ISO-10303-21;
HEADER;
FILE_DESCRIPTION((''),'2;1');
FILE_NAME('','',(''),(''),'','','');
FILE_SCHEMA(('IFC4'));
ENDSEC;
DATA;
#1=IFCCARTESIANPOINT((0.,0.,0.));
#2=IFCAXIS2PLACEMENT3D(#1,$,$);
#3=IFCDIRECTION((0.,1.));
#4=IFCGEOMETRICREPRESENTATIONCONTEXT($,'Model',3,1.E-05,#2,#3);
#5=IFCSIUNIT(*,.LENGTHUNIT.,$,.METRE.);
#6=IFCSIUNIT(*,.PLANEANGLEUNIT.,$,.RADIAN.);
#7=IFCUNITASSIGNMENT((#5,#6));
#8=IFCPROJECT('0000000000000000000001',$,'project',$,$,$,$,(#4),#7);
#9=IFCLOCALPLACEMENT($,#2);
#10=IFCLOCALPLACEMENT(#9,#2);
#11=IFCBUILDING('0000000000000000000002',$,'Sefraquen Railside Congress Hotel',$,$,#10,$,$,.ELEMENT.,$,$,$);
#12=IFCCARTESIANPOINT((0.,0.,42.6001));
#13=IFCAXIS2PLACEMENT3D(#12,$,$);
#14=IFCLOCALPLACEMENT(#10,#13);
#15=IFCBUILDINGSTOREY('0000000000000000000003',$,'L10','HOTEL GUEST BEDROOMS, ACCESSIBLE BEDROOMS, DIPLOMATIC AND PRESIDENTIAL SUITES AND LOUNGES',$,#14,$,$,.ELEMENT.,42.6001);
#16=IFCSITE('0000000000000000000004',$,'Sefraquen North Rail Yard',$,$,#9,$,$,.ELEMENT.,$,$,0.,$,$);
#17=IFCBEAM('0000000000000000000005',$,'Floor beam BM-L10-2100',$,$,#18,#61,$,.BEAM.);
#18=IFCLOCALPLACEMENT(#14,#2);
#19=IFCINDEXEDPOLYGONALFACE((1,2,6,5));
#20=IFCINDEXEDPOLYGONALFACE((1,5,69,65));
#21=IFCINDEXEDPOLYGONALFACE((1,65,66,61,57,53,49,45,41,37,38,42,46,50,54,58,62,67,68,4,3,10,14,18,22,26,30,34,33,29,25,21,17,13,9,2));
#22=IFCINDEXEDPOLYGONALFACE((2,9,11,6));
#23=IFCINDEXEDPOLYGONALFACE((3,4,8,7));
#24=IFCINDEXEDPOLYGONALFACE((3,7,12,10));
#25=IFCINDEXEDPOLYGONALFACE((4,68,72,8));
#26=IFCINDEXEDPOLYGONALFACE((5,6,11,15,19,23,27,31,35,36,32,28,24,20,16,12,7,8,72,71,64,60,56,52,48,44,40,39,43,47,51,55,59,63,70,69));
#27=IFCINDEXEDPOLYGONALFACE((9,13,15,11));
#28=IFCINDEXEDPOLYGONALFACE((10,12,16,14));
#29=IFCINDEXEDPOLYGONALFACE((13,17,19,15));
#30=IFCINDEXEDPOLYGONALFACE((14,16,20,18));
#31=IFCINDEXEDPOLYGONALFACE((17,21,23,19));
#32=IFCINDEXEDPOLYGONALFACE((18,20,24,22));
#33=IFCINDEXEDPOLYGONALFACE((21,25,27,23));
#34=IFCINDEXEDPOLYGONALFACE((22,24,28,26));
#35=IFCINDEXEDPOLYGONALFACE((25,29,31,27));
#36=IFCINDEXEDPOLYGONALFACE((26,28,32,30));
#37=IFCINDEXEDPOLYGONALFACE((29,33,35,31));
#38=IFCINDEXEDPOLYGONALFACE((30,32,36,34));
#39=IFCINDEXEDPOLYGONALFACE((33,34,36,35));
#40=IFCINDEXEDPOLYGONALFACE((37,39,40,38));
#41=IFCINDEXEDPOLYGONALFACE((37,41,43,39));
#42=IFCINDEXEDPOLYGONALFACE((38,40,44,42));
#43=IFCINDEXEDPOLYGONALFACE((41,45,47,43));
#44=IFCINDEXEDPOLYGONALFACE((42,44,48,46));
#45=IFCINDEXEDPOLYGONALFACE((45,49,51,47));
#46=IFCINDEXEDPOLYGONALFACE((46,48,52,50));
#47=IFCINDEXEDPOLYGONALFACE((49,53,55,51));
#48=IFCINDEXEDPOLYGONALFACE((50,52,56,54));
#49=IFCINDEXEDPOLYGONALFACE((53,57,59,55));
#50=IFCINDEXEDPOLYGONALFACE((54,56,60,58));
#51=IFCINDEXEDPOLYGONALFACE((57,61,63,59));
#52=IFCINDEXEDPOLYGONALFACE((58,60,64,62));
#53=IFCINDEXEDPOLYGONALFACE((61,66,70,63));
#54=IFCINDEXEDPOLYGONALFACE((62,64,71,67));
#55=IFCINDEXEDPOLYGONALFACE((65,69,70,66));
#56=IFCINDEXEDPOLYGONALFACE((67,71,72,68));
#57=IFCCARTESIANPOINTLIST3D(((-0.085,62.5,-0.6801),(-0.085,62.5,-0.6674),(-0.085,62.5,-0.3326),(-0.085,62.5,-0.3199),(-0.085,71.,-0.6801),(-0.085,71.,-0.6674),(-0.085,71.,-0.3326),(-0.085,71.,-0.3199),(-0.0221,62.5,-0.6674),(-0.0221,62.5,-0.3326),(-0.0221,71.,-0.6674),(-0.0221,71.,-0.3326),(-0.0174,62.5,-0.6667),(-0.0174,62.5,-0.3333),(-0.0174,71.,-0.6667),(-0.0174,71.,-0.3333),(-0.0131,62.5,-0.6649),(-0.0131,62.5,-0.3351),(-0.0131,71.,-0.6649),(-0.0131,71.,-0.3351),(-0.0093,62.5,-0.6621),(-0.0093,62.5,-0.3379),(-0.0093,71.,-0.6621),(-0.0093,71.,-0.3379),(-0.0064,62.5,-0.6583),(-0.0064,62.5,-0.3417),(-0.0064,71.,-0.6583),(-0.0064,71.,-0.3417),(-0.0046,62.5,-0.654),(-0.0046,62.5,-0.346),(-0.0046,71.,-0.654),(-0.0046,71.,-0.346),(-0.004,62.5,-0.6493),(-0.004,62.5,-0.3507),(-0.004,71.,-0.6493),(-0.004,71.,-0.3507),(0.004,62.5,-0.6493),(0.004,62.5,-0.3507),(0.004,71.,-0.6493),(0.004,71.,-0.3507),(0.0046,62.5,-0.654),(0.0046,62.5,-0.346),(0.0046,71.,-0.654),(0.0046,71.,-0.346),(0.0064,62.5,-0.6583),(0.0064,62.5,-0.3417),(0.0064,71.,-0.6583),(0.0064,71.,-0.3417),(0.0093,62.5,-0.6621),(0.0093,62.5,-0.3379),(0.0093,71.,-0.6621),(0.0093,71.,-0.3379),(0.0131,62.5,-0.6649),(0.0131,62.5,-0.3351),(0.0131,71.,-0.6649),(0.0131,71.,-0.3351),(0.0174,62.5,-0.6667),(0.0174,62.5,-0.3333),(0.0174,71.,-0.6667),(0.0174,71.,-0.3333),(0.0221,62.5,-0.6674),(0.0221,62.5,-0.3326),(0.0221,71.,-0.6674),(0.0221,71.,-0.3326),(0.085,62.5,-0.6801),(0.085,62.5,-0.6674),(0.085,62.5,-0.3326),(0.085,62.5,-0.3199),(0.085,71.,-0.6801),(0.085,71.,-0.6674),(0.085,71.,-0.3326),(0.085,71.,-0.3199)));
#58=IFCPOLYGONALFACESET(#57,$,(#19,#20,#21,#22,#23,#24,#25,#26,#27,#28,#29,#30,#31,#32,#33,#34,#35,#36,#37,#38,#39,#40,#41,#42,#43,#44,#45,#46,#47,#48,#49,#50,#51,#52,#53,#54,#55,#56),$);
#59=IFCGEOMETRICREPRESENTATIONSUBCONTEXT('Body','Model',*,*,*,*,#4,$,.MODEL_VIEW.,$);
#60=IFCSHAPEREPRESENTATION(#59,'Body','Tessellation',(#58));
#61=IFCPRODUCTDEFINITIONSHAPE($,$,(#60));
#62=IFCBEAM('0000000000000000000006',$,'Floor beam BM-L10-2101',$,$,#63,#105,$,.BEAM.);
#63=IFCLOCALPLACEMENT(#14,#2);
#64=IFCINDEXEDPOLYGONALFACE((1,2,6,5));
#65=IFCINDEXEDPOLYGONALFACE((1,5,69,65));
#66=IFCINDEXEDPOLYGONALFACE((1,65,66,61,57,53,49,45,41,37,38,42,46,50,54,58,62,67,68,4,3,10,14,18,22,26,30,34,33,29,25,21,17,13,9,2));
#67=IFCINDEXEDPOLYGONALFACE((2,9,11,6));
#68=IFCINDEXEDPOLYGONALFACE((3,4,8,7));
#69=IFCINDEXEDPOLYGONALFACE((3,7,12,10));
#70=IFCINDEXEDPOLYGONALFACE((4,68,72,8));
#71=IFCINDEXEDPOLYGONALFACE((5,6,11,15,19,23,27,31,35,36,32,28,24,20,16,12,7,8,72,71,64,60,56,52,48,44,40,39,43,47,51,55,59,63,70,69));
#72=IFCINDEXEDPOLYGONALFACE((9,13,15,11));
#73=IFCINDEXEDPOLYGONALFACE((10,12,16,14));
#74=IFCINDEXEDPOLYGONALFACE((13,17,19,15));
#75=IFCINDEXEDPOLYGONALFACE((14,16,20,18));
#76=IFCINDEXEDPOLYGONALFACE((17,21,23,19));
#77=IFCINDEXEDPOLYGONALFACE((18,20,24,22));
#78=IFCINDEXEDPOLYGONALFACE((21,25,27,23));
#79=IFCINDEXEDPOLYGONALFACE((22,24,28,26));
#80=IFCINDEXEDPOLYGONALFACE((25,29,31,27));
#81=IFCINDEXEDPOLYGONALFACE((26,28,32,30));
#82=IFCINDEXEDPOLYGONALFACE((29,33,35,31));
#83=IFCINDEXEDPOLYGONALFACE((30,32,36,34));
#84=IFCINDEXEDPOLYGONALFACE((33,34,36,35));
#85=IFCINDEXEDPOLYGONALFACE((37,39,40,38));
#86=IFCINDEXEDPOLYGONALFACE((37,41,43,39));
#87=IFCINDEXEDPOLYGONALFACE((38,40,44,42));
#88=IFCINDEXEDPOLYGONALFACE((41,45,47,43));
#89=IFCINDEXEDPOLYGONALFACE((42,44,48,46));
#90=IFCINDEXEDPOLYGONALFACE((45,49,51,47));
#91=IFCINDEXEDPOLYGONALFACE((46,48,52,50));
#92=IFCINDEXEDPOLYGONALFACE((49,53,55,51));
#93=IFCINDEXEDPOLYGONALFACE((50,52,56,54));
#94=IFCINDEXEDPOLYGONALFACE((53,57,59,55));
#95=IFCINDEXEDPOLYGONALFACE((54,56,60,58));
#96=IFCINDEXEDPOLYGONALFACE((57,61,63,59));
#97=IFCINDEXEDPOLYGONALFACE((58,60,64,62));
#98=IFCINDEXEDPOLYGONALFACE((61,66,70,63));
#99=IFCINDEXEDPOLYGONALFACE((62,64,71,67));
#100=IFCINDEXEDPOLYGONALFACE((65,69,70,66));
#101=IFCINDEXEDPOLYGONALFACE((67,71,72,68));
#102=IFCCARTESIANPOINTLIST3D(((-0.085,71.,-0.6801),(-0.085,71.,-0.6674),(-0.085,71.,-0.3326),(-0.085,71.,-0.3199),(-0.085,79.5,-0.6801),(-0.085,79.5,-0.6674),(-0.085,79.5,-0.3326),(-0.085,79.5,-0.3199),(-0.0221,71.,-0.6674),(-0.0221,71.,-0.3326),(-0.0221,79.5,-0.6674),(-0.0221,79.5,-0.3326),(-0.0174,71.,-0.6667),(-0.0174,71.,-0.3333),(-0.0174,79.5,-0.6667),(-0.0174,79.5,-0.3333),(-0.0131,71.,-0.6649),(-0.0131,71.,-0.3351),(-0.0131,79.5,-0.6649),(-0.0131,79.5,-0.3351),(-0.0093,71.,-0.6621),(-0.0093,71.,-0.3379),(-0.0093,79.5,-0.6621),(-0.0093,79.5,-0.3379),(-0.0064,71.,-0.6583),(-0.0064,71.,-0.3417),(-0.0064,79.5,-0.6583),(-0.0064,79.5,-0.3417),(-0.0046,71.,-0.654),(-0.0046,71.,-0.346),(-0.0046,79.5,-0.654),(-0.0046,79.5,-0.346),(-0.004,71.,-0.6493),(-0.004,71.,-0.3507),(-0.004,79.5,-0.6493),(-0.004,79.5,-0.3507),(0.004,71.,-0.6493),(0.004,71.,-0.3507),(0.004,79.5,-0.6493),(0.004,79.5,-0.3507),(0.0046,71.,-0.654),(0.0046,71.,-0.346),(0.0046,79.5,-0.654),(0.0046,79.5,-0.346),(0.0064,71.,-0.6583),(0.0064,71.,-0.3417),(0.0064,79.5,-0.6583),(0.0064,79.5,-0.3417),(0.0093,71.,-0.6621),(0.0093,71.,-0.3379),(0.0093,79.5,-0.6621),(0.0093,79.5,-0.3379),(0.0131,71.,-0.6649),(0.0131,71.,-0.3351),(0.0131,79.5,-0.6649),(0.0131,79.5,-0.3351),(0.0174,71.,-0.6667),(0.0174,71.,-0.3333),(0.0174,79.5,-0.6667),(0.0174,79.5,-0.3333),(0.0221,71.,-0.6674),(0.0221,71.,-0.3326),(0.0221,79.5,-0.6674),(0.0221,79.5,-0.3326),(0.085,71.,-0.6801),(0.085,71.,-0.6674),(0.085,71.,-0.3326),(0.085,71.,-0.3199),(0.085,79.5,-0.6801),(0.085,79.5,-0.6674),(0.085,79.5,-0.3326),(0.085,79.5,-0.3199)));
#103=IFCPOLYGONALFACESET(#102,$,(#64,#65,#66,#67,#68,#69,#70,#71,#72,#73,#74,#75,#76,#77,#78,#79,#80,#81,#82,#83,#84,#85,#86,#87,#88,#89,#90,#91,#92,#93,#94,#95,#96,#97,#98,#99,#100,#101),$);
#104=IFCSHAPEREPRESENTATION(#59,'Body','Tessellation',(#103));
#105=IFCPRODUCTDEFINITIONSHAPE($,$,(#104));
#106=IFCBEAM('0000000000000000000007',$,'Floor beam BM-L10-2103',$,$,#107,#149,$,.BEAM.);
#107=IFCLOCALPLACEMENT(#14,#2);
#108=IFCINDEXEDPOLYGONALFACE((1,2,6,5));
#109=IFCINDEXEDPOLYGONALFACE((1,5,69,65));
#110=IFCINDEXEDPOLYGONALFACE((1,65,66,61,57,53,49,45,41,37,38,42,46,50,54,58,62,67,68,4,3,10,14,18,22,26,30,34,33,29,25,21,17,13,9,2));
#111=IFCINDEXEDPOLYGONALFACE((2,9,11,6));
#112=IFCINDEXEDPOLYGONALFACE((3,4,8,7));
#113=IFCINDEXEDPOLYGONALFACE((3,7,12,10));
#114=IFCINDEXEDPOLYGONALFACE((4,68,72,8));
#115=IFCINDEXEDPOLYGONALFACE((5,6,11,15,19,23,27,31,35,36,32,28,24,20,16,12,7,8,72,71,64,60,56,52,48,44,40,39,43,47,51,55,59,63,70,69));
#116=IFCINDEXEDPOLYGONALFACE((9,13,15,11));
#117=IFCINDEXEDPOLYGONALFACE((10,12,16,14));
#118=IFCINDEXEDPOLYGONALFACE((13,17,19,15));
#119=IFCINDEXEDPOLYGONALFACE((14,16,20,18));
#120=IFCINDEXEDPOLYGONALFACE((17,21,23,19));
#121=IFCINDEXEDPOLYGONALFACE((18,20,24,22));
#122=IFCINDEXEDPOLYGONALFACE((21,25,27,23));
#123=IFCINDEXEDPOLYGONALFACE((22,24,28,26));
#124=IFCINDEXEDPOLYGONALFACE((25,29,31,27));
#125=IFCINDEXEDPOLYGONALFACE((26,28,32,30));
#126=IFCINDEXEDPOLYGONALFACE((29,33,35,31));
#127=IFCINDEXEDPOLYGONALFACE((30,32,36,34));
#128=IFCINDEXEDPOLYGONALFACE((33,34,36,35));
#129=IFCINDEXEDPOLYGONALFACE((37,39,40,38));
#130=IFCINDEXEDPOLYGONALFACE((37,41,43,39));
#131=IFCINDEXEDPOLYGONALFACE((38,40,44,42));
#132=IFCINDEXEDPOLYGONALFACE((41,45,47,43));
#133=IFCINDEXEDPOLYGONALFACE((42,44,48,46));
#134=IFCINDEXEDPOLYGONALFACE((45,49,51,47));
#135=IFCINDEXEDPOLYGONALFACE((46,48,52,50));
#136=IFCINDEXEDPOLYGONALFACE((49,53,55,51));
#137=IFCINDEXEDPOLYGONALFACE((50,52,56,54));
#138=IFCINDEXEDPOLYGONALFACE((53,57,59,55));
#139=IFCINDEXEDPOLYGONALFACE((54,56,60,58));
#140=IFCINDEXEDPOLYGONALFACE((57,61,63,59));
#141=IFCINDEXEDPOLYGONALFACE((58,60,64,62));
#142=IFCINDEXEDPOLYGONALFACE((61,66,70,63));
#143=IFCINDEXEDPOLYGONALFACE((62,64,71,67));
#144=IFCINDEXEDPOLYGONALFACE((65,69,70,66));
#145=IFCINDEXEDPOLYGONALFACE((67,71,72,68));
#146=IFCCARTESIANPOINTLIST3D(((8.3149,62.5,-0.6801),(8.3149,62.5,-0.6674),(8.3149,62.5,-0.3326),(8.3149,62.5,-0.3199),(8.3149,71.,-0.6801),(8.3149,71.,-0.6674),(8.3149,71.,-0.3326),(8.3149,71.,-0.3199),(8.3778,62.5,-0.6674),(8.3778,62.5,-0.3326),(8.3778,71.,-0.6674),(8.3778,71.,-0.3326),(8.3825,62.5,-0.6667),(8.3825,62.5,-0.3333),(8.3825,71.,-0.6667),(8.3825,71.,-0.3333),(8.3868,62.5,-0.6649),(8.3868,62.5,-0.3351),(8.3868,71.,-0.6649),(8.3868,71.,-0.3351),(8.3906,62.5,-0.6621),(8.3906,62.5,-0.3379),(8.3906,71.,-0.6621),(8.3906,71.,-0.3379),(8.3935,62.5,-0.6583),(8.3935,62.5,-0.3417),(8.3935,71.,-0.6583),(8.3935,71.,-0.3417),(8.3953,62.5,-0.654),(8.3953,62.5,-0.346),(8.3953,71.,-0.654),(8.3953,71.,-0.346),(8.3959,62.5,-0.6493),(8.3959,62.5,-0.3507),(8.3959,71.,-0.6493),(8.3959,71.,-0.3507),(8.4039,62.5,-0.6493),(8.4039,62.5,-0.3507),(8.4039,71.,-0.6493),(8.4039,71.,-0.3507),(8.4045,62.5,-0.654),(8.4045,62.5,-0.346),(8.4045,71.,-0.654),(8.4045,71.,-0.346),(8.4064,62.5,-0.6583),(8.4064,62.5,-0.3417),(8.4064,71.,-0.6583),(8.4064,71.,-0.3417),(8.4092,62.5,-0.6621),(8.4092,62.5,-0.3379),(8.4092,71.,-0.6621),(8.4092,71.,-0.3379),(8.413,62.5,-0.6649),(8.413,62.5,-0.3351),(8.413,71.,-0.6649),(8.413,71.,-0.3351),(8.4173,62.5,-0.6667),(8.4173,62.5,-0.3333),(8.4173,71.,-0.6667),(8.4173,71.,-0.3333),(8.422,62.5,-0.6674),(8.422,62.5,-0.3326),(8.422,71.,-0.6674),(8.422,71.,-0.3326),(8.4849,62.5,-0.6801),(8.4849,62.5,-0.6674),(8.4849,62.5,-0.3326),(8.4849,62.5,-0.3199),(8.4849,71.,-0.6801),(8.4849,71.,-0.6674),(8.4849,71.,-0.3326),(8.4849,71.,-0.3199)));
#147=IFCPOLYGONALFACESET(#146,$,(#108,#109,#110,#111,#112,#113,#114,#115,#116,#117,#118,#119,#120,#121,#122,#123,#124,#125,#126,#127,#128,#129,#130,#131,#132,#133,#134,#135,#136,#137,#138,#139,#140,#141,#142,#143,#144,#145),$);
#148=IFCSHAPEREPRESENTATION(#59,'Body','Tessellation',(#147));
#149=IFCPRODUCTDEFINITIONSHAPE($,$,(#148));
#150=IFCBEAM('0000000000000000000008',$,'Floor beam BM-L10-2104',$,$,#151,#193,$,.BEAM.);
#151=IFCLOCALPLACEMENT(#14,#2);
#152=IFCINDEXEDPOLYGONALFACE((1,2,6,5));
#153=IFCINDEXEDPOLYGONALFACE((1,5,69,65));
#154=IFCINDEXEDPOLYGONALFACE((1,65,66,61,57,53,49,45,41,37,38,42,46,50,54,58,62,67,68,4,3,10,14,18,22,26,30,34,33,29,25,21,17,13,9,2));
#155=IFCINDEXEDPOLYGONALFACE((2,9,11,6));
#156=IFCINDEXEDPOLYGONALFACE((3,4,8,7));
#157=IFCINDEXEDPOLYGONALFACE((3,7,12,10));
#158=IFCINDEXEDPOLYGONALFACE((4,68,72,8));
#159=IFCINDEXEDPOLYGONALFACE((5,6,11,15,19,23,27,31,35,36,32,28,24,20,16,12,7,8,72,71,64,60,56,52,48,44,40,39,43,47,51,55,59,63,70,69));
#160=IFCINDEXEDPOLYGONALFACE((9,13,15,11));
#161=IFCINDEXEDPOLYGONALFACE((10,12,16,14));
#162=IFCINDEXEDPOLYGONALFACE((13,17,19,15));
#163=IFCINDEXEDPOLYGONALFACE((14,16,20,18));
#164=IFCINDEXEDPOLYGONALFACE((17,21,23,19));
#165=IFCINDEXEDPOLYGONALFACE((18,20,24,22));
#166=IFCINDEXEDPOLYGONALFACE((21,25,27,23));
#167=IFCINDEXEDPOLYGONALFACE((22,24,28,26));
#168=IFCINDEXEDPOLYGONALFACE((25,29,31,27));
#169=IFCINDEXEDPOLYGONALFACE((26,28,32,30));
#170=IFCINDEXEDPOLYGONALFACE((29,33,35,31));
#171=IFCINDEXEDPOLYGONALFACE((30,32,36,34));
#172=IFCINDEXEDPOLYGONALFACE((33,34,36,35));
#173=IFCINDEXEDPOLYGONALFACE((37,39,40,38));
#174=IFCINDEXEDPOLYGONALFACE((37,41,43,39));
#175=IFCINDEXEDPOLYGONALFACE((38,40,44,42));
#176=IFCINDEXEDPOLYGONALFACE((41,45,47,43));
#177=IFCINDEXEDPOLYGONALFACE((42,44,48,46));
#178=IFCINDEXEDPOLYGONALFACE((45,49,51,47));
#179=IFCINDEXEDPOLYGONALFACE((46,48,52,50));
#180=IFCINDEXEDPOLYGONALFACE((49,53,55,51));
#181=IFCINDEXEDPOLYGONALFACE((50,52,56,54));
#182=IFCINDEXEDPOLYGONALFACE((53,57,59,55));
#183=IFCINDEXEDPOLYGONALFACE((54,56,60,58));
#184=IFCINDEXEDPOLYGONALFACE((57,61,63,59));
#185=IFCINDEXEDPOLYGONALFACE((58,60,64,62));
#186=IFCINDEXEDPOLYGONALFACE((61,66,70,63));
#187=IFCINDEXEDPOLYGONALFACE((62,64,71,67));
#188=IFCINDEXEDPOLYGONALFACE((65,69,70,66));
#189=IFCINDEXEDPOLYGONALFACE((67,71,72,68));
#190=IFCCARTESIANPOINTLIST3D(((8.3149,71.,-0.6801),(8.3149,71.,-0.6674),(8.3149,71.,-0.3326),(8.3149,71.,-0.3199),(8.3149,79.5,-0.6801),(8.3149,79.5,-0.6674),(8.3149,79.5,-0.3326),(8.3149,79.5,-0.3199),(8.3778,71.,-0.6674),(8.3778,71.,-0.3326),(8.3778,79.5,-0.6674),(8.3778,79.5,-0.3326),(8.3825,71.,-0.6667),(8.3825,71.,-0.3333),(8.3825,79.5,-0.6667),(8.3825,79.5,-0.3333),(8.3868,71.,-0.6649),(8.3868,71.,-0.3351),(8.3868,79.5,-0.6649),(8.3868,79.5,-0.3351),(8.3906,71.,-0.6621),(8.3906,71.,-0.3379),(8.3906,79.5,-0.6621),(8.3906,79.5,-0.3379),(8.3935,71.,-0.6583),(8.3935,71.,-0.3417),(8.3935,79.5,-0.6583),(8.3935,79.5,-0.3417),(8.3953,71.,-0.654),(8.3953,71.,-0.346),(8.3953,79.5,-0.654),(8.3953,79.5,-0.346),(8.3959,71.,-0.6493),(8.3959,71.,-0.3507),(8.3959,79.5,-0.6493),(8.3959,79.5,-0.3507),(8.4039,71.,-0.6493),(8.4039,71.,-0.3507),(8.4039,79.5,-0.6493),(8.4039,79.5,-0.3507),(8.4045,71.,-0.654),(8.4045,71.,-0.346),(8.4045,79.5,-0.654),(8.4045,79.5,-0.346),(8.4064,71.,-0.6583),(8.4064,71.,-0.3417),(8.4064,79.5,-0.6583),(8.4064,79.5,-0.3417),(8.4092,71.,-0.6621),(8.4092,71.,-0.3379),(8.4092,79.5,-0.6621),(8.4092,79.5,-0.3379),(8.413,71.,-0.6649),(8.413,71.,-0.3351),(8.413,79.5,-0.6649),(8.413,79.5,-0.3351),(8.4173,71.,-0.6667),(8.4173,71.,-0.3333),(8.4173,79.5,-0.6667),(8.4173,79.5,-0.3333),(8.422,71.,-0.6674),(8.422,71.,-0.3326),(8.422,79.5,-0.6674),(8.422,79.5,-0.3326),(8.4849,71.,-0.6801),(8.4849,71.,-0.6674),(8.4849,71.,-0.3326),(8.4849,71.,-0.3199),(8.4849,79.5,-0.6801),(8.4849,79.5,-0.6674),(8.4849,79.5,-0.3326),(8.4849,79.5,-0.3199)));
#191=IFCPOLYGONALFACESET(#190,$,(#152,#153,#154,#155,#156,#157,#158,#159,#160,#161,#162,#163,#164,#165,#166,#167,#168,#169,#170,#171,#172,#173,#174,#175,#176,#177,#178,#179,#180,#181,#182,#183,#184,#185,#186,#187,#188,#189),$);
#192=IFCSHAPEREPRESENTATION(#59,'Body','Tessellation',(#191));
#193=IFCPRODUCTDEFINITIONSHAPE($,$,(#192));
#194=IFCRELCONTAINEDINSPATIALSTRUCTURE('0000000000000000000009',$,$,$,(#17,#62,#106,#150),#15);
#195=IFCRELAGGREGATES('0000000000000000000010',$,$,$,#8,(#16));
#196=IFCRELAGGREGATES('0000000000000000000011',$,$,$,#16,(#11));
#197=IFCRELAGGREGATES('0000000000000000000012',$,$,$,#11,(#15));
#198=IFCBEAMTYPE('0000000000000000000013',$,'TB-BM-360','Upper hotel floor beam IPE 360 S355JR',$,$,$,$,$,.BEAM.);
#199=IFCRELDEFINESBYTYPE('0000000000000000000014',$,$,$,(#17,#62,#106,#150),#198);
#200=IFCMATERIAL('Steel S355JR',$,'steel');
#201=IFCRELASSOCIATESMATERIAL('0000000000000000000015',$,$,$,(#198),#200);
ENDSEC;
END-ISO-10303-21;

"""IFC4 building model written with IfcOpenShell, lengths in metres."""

from ifc_helpers import new_model, si_unit, direction, frame, origin, origin_2d, place, context, subcontext, project, spatial, i_section, extrude, material, material_profile, profile_set, type_object, element, save


model = new_model("IFC4")

# Units and contexts
model_context = context("Model", 3, precision=1e-05, world=origin(), true_north=direction((0.0, 1.0)))
body_context = subcontext(model_context, "Body", "Model", "MODEL_VIEW")
ifc_project = project(units=[si_unit("LENGTHUNIT", "METRE"), si_unit("PLANEANGLEUNIT", "RADIAN")], contexts=[model_context])

# Site, building, storey
site_placement = place(None, origin())
site = spatial("IfcSite", under=ifc_project, at=site_placement, Name="Sefraquen North Rail Yard", CompositionType="ELEMENT", RefElevation=0.0)
building_placement = place(site_placement, origin())
building = spatial("IfcBuilding", under=site, at=building_placement, Name="Sefraquen Railside Congress Hotel", CompositionType="ELEMENT")
storey_placement = place(building_placement, frame((0.0, 0.0, 42.6001)))
storey = spatial("IfcBuildingStorey", under=building, at=storey_placement, Name="L10", Description="HOTEL GUEST BEDROOMS, ACCESSIBLE BEDROOMS, DIPLOMATIC AND PRESIDENTIAL SUITES AND LOUNGES", CompositionType="ELEMENT", Elevation=42.6001)

# Beams
ifc_material_1 = material(Name="Steel S355JR", Category="steel")
ifc_material_profile_1 = material_profile(ifc_material_1, i_section(OverallWidth=0.1699, OverallDepth=0.3601, WebThickness=0.0081, FlangeThickness=0.0127, FilletRadius=0.0181, at=origin_2d()), Name="IPE 360")
ifc_profile_set_1 = profile_set([ifc_material_profile_1], Name="Steel S355JR")
beam_type_1 = type_object("IfcBeamType", Name="TB-BM-360", Description="Upper hotel floor beam IPE 360 S355JR", PredefinedType="BEAM", material=ifc_profile_set_1)
for number, where, z_axis, x_axis, name in (
    (1, (0.0, 62.5, -0.5), (0.0, 1.0, 0.0), (-1.0, 0.0, 0.0), "Floor beam BM-L10-2100"),
    (2, (0.0, 71.0, -0.5), (0.0, 1.0, 0.0), (-1.0, 0.0, 0.0), "Floor beam BM-L10-2101"),
    (3, (8.3999, 62.5, -0.5), (0.0, 1.0, 0.0), (-1.0, 0.0, 0.0), "Floor beam BM-L10-2103"),
    (4, (8.3999, 71.0, -0.5), (0.0, 1.0, 0.0), (-1.0, 0.0, 0.0), "Floor beam BM-L10-2104"),
):
    element("IfcBeam", number, at=place(storey_placement, frame(where, z_axis=z_axis, x_axis=x_axis)), inside=storey, type_object=beam_type_1, Name=name, PredefinedType="BEAM", context=body_context, shape_type="SweptSolid", body=[
        extrude(i_section(OverallWidth=0.1699, OverallDepth=0.3601, WebThickness=0.0081, FlangeThickness=0.0127, FilletRadius=0.0181, at=origin_2d()), origin(), (0.0, 0.0, 1.0), 8.5),
    ])

save(model, "model.ifc")
